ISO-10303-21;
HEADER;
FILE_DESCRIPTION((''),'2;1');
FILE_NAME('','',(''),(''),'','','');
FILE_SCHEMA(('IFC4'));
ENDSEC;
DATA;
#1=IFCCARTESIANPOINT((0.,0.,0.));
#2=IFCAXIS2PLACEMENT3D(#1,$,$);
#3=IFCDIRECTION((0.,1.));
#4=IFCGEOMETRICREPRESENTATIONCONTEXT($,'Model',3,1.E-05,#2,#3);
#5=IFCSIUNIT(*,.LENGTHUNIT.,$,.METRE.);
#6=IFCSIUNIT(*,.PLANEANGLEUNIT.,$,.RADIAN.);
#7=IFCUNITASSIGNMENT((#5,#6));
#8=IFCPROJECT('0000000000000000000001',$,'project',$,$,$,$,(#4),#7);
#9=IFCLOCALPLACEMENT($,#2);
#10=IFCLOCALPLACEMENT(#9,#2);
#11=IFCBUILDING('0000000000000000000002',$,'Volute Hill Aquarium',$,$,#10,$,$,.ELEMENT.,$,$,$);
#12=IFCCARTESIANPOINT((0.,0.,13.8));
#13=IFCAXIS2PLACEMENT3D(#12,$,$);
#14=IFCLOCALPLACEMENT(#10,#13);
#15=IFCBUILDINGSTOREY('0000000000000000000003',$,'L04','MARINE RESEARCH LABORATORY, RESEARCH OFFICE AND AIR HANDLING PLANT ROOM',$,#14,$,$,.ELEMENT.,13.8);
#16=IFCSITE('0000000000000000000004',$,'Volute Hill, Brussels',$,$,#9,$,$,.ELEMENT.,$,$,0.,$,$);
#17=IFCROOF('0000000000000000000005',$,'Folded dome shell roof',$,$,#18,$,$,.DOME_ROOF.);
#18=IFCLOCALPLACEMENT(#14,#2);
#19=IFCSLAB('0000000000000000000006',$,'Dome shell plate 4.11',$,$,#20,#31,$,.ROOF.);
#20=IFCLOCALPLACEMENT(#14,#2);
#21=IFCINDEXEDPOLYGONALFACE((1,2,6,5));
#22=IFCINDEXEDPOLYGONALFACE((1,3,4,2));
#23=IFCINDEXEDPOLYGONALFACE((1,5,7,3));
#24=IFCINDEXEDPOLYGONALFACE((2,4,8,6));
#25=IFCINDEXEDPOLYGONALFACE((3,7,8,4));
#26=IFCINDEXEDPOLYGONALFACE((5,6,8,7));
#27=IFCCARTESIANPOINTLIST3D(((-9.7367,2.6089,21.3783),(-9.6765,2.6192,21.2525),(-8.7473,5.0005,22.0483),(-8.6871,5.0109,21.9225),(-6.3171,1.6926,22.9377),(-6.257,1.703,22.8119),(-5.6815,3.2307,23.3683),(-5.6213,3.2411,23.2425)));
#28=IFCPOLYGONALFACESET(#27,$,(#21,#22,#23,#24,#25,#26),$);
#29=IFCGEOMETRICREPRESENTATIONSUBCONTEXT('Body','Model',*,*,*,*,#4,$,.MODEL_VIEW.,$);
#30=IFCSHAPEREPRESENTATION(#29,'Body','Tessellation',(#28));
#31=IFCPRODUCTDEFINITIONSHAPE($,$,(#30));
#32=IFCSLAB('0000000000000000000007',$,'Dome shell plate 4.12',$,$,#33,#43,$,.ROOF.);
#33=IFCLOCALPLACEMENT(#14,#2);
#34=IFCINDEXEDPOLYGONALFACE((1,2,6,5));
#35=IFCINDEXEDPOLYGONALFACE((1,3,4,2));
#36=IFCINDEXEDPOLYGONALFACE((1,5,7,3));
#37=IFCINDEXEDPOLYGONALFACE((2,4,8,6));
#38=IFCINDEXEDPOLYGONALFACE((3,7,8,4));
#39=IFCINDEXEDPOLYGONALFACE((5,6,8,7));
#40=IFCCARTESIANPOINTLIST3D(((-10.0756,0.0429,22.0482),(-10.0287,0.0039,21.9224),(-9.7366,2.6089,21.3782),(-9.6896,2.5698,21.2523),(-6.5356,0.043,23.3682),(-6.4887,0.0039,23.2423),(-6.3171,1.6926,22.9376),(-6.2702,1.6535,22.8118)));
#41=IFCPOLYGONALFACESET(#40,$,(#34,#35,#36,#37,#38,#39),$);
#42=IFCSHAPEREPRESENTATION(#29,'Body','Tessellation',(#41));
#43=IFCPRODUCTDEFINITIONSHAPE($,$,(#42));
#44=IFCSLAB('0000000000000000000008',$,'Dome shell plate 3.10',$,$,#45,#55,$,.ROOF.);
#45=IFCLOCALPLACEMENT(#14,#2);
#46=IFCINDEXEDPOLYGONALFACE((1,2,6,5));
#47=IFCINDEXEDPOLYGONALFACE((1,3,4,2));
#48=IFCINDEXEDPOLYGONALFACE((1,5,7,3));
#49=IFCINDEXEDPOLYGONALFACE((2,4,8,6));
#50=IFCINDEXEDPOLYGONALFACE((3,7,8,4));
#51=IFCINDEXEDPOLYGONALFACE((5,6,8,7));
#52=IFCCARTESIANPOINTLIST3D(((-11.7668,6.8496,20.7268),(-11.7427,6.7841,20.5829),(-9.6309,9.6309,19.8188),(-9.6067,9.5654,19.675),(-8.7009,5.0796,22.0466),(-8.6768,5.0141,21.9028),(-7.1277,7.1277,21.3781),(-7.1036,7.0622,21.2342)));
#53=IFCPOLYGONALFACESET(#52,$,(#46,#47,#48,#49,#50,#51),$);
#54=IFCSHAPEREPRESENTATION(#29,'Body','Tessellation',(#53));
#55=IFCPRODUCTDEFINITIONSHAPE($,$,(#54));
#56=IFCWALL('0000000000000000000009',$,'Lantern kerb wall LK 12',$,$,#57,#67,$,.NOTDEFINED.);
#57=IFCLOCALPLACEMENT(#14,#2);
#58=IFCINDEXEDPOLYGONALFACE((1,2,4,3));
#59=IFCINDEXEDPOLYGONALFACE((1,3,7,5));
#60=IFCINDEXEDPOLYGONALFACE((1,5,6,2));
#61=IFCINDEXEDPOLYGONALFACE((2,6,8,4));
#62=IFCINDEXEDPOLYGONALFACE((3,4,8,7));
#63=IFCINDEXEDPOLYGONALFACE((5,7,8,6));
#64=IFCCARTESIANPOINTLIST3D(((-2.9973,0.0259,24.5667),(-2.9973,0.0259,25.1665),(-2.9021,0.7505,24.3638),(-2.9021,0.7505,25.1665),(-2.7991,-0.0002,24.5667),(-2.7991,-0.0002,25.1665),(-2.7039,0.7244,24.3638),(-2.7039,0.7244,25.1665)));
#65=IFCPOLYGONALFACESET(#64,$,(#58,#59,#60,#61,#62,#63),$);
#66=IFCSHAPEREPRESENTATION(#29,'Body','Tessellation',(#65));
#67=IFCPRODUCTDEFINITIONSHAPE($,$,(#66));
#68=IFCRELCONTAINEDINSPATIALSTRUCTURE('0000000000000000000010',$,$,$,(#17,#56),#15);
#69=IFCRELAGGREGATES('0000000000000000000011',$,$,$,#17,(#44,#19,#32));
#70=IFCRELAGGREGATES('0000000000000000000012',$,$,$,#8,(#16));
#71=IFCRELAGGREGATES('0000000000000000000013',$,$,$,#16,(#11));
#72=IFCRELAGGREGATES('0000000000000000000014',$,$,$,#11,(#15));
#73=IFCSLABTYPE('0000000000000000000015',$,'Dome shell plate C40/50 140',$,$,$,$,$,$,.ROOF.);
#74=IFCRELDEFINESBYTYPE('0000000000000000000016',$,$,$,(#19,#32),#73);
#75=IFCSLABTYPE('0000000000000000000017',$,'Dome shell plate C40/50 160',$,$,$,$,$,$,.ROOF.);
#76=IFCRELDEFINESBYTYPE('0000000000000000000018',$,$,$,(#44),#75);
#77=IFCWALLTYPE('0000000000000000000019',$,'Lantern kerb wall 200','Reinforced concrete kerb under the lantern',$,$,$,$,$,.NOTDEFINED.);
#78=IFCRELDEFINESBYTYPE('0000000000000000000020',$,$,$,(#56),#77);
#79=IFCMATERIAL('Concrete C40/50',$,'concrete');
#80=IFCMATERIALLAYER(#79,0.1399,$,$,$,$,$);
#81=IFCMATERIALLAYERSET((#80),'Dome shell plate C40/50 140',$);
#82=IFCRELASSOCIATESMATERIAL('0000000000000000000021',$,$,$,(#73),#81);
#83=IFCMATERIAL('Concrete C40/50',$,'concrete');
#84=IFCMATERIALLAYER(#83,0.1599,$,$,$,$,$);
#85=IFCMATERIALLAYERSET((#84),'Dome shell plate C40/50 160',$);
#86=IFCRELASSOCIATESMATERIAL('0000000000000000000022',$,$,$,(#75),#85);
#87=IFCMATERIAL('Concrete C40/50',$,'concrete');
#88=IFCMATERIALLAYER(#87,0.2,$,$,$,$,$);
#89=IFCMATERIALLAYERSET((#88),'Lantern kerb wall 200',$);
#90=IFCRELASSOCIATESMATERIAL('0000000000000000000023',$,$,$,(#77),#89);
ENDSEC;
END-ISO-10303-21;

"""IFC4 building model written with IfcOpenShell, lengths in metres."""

from ifc_helpers import new_model, si_unit, direction, frame, origin, place, context, subcontext, project, spatial, polyline, outline, extrude, material, layer, layer_set, type_object, element, aggregate, save


model = new_model("IFC4")

# Units and contexts
model_context = context("Model", 3, precision=1e-05, world=origin(), true_north=direction((0.0, 1.0)))
body_context = subcontext(model_context, "Body", "Model", "MODEL_VIEW")
ifc_project = project(units=[si_unit("LENGTHUNIT", "METRE"), si_unit("PLANEANGLEUNIT", "RADIAN")], contexts=[model_context])

# Site, building, storey
site_placement = place(None, origin())
site = spatial("IfcSite", under=ifc_project, at=site_placement, Name="Volute Hill, Brussels", CompositionType="ELEMENT", RefElevation=0.0)
building_placement = place(site_placement, origin())
building = spatial("IfcBuilding", under=site, at=building_placement, Name="Volute Hill Aquarium", CompositionType="ELEMENT")
storey_placement = place(building_placement, frame((0.0, 0.0, 13.8)))
storey = spatial("IfcBuildingStorey", under=building, at=storey_placement, Name="L04", Description="MARINE RESEARCH LABORATORY, RESEARCH OFFICE AND AIR HANDLING PLANT ROOM", CompositionType="ELEMENT", Elevation=13.8)

# Roof, slabs
roof_placement = place(storey_placement, origin())
roof = element("IfcRoof", 1, at=roof_placement, inside=storey, Name="Folded dome shell roof", PredefinedType="DOME_ROOF")
ifc_material_1 = material(Name="Concrete C40/50", Category="concrete")
ifc_layer_1 = layer(ifc_material_1, 0.1399)
ifc_layer_set_1 = layer_set([ifc_layer_1], Name="Dome shell plate C40/50 140")
slab_type_1 = type_object("IfcSlabType", Name="Dome shell plate C40/50 140", PredefinedType="ROOF", material=ifc_layer_set_1)
slab_1_placement = place(storey_placement, frame((-8.7473, 5.0005, 22.0483), z_axis=(-0.43015, -0.074106, 0.899711), x_axis=(-0.370057, -0.894569, -0.250606)))
slab_1 = element("IfcSlab", 2, at=slab_1_placement, type_object=slab_type_1, Name="Dome shell plate 4.11", PredefinedType="ROOF", context=body_context, shape_type="SweptSolid", body=[
    extrude(outline(polyline([(0.0, 0.0), (2.6735, 0.0), (1.8369, 3.7768), (0.1179, 3.7762), (0.0, 0.0)])), origin(), (0.0, 0.0, -1.0), 0.1399),
])
slab_2_placement = place(storey_placement, frame((-9.7366, 2.6089, 21.3782), z_axis=(-0.335474, 0.279266, 0.899704), x_axis=(-0.12682, -0.959744, 0.250615)))
slab_2 = element("IfcSlab", 3, at=slab_2_placement, type_object=slab_type_1, Name="Dome shell plate 4.12", PredefinedType="ROOF", context=body_context, shape_type="SweptSolid", body=[
    extrude(outline(polyline([(0.0, 0.0), (2.6736, 0.0), (2.5554, 3.7762), (0.8366, 3.7768), (0.0, 0.0)])), origin(), (0.0, 0.0, -1.0), 0.1399),
])
ifc_material_2 = material(Name="Concrete C40/50", Category="concrete")
ifc_layer_2 = layer(ifc_material_2, 0.1599)
ifc_layer_set_2 = layer_set([ifc_layer_2], Name="Dome shell plate C40/50 160")
slab_type_2 = type_object("IfcSlabType", Name="Dome shell plate C40/50 160", PredefinedType="ROOF", material=ifc_layer_set_2)
slab_3_placement = place(storey_placement, frame((-9.6309, 9.6309, 19.8188), z_axis=(-0.150876, 0.409571, 0.899716), x_axis=(-0.589649, -0.767787, 0.250634)))
slab_3 = element("IfcSlab", 4, at=slab_3_placement, type_object=slab_type_2, Name="Dome shell plate 3.10", PredefinedType="ROOF", context=body_context, shape_type="SweptSolid", body=[
    extrude(outline(polyline([(0.0, 0.0), (3.6225, 0.0), (3.5044, 3.7764), (0.8367, 3.7767), (0.0, 0.0)])), origin(), (0.0, 0.0, -1.0), 0.1599),
])
aggregate(roof, [slab_3, slab_1, slab_2])

# Wall
ifc_material_3 = material(Name="Concrete C40/50", Category="concrete")
ifc_layer_3 = layer(ifc_material_3, 0.2)
ifc_layer_set_3 = layer_set([ifc_layer_3], Name="Lantern kerb wall 200")
wall_type = type_object("IfcWallType", Name="Lantern kerb wall 200", Description="Reinforced concrete kerb under the lantern", PredefinedType="NOTDEFINED", material=ifc_layer_set_3)
wall_placement = place(storey_placement, frame((-2.9021, 0.7505, 24.3638), z_axis=(-0.991477, 0.130282, 0.0), x_axis=(-0.125534, -0.95535, 0.267485)))
element("IfcWall", 5, at=wall_placement, inside=storey, type_object=wall_type, Name="Lantern kerb wall LK 12", PredefinedType="NOTDEFINED", context=body_context, shape_type="SweptSolid", body=[
    extrude(outline(polyline([(0.0, 0.0), (0.7585, 0.0), (0.9189, 0.578), (0.2147, 0.7735), (0.0, 0.0)])), origin(), (0.0, 0.0, -1.0), 0.2),
])

save(model, "model.ifc")
